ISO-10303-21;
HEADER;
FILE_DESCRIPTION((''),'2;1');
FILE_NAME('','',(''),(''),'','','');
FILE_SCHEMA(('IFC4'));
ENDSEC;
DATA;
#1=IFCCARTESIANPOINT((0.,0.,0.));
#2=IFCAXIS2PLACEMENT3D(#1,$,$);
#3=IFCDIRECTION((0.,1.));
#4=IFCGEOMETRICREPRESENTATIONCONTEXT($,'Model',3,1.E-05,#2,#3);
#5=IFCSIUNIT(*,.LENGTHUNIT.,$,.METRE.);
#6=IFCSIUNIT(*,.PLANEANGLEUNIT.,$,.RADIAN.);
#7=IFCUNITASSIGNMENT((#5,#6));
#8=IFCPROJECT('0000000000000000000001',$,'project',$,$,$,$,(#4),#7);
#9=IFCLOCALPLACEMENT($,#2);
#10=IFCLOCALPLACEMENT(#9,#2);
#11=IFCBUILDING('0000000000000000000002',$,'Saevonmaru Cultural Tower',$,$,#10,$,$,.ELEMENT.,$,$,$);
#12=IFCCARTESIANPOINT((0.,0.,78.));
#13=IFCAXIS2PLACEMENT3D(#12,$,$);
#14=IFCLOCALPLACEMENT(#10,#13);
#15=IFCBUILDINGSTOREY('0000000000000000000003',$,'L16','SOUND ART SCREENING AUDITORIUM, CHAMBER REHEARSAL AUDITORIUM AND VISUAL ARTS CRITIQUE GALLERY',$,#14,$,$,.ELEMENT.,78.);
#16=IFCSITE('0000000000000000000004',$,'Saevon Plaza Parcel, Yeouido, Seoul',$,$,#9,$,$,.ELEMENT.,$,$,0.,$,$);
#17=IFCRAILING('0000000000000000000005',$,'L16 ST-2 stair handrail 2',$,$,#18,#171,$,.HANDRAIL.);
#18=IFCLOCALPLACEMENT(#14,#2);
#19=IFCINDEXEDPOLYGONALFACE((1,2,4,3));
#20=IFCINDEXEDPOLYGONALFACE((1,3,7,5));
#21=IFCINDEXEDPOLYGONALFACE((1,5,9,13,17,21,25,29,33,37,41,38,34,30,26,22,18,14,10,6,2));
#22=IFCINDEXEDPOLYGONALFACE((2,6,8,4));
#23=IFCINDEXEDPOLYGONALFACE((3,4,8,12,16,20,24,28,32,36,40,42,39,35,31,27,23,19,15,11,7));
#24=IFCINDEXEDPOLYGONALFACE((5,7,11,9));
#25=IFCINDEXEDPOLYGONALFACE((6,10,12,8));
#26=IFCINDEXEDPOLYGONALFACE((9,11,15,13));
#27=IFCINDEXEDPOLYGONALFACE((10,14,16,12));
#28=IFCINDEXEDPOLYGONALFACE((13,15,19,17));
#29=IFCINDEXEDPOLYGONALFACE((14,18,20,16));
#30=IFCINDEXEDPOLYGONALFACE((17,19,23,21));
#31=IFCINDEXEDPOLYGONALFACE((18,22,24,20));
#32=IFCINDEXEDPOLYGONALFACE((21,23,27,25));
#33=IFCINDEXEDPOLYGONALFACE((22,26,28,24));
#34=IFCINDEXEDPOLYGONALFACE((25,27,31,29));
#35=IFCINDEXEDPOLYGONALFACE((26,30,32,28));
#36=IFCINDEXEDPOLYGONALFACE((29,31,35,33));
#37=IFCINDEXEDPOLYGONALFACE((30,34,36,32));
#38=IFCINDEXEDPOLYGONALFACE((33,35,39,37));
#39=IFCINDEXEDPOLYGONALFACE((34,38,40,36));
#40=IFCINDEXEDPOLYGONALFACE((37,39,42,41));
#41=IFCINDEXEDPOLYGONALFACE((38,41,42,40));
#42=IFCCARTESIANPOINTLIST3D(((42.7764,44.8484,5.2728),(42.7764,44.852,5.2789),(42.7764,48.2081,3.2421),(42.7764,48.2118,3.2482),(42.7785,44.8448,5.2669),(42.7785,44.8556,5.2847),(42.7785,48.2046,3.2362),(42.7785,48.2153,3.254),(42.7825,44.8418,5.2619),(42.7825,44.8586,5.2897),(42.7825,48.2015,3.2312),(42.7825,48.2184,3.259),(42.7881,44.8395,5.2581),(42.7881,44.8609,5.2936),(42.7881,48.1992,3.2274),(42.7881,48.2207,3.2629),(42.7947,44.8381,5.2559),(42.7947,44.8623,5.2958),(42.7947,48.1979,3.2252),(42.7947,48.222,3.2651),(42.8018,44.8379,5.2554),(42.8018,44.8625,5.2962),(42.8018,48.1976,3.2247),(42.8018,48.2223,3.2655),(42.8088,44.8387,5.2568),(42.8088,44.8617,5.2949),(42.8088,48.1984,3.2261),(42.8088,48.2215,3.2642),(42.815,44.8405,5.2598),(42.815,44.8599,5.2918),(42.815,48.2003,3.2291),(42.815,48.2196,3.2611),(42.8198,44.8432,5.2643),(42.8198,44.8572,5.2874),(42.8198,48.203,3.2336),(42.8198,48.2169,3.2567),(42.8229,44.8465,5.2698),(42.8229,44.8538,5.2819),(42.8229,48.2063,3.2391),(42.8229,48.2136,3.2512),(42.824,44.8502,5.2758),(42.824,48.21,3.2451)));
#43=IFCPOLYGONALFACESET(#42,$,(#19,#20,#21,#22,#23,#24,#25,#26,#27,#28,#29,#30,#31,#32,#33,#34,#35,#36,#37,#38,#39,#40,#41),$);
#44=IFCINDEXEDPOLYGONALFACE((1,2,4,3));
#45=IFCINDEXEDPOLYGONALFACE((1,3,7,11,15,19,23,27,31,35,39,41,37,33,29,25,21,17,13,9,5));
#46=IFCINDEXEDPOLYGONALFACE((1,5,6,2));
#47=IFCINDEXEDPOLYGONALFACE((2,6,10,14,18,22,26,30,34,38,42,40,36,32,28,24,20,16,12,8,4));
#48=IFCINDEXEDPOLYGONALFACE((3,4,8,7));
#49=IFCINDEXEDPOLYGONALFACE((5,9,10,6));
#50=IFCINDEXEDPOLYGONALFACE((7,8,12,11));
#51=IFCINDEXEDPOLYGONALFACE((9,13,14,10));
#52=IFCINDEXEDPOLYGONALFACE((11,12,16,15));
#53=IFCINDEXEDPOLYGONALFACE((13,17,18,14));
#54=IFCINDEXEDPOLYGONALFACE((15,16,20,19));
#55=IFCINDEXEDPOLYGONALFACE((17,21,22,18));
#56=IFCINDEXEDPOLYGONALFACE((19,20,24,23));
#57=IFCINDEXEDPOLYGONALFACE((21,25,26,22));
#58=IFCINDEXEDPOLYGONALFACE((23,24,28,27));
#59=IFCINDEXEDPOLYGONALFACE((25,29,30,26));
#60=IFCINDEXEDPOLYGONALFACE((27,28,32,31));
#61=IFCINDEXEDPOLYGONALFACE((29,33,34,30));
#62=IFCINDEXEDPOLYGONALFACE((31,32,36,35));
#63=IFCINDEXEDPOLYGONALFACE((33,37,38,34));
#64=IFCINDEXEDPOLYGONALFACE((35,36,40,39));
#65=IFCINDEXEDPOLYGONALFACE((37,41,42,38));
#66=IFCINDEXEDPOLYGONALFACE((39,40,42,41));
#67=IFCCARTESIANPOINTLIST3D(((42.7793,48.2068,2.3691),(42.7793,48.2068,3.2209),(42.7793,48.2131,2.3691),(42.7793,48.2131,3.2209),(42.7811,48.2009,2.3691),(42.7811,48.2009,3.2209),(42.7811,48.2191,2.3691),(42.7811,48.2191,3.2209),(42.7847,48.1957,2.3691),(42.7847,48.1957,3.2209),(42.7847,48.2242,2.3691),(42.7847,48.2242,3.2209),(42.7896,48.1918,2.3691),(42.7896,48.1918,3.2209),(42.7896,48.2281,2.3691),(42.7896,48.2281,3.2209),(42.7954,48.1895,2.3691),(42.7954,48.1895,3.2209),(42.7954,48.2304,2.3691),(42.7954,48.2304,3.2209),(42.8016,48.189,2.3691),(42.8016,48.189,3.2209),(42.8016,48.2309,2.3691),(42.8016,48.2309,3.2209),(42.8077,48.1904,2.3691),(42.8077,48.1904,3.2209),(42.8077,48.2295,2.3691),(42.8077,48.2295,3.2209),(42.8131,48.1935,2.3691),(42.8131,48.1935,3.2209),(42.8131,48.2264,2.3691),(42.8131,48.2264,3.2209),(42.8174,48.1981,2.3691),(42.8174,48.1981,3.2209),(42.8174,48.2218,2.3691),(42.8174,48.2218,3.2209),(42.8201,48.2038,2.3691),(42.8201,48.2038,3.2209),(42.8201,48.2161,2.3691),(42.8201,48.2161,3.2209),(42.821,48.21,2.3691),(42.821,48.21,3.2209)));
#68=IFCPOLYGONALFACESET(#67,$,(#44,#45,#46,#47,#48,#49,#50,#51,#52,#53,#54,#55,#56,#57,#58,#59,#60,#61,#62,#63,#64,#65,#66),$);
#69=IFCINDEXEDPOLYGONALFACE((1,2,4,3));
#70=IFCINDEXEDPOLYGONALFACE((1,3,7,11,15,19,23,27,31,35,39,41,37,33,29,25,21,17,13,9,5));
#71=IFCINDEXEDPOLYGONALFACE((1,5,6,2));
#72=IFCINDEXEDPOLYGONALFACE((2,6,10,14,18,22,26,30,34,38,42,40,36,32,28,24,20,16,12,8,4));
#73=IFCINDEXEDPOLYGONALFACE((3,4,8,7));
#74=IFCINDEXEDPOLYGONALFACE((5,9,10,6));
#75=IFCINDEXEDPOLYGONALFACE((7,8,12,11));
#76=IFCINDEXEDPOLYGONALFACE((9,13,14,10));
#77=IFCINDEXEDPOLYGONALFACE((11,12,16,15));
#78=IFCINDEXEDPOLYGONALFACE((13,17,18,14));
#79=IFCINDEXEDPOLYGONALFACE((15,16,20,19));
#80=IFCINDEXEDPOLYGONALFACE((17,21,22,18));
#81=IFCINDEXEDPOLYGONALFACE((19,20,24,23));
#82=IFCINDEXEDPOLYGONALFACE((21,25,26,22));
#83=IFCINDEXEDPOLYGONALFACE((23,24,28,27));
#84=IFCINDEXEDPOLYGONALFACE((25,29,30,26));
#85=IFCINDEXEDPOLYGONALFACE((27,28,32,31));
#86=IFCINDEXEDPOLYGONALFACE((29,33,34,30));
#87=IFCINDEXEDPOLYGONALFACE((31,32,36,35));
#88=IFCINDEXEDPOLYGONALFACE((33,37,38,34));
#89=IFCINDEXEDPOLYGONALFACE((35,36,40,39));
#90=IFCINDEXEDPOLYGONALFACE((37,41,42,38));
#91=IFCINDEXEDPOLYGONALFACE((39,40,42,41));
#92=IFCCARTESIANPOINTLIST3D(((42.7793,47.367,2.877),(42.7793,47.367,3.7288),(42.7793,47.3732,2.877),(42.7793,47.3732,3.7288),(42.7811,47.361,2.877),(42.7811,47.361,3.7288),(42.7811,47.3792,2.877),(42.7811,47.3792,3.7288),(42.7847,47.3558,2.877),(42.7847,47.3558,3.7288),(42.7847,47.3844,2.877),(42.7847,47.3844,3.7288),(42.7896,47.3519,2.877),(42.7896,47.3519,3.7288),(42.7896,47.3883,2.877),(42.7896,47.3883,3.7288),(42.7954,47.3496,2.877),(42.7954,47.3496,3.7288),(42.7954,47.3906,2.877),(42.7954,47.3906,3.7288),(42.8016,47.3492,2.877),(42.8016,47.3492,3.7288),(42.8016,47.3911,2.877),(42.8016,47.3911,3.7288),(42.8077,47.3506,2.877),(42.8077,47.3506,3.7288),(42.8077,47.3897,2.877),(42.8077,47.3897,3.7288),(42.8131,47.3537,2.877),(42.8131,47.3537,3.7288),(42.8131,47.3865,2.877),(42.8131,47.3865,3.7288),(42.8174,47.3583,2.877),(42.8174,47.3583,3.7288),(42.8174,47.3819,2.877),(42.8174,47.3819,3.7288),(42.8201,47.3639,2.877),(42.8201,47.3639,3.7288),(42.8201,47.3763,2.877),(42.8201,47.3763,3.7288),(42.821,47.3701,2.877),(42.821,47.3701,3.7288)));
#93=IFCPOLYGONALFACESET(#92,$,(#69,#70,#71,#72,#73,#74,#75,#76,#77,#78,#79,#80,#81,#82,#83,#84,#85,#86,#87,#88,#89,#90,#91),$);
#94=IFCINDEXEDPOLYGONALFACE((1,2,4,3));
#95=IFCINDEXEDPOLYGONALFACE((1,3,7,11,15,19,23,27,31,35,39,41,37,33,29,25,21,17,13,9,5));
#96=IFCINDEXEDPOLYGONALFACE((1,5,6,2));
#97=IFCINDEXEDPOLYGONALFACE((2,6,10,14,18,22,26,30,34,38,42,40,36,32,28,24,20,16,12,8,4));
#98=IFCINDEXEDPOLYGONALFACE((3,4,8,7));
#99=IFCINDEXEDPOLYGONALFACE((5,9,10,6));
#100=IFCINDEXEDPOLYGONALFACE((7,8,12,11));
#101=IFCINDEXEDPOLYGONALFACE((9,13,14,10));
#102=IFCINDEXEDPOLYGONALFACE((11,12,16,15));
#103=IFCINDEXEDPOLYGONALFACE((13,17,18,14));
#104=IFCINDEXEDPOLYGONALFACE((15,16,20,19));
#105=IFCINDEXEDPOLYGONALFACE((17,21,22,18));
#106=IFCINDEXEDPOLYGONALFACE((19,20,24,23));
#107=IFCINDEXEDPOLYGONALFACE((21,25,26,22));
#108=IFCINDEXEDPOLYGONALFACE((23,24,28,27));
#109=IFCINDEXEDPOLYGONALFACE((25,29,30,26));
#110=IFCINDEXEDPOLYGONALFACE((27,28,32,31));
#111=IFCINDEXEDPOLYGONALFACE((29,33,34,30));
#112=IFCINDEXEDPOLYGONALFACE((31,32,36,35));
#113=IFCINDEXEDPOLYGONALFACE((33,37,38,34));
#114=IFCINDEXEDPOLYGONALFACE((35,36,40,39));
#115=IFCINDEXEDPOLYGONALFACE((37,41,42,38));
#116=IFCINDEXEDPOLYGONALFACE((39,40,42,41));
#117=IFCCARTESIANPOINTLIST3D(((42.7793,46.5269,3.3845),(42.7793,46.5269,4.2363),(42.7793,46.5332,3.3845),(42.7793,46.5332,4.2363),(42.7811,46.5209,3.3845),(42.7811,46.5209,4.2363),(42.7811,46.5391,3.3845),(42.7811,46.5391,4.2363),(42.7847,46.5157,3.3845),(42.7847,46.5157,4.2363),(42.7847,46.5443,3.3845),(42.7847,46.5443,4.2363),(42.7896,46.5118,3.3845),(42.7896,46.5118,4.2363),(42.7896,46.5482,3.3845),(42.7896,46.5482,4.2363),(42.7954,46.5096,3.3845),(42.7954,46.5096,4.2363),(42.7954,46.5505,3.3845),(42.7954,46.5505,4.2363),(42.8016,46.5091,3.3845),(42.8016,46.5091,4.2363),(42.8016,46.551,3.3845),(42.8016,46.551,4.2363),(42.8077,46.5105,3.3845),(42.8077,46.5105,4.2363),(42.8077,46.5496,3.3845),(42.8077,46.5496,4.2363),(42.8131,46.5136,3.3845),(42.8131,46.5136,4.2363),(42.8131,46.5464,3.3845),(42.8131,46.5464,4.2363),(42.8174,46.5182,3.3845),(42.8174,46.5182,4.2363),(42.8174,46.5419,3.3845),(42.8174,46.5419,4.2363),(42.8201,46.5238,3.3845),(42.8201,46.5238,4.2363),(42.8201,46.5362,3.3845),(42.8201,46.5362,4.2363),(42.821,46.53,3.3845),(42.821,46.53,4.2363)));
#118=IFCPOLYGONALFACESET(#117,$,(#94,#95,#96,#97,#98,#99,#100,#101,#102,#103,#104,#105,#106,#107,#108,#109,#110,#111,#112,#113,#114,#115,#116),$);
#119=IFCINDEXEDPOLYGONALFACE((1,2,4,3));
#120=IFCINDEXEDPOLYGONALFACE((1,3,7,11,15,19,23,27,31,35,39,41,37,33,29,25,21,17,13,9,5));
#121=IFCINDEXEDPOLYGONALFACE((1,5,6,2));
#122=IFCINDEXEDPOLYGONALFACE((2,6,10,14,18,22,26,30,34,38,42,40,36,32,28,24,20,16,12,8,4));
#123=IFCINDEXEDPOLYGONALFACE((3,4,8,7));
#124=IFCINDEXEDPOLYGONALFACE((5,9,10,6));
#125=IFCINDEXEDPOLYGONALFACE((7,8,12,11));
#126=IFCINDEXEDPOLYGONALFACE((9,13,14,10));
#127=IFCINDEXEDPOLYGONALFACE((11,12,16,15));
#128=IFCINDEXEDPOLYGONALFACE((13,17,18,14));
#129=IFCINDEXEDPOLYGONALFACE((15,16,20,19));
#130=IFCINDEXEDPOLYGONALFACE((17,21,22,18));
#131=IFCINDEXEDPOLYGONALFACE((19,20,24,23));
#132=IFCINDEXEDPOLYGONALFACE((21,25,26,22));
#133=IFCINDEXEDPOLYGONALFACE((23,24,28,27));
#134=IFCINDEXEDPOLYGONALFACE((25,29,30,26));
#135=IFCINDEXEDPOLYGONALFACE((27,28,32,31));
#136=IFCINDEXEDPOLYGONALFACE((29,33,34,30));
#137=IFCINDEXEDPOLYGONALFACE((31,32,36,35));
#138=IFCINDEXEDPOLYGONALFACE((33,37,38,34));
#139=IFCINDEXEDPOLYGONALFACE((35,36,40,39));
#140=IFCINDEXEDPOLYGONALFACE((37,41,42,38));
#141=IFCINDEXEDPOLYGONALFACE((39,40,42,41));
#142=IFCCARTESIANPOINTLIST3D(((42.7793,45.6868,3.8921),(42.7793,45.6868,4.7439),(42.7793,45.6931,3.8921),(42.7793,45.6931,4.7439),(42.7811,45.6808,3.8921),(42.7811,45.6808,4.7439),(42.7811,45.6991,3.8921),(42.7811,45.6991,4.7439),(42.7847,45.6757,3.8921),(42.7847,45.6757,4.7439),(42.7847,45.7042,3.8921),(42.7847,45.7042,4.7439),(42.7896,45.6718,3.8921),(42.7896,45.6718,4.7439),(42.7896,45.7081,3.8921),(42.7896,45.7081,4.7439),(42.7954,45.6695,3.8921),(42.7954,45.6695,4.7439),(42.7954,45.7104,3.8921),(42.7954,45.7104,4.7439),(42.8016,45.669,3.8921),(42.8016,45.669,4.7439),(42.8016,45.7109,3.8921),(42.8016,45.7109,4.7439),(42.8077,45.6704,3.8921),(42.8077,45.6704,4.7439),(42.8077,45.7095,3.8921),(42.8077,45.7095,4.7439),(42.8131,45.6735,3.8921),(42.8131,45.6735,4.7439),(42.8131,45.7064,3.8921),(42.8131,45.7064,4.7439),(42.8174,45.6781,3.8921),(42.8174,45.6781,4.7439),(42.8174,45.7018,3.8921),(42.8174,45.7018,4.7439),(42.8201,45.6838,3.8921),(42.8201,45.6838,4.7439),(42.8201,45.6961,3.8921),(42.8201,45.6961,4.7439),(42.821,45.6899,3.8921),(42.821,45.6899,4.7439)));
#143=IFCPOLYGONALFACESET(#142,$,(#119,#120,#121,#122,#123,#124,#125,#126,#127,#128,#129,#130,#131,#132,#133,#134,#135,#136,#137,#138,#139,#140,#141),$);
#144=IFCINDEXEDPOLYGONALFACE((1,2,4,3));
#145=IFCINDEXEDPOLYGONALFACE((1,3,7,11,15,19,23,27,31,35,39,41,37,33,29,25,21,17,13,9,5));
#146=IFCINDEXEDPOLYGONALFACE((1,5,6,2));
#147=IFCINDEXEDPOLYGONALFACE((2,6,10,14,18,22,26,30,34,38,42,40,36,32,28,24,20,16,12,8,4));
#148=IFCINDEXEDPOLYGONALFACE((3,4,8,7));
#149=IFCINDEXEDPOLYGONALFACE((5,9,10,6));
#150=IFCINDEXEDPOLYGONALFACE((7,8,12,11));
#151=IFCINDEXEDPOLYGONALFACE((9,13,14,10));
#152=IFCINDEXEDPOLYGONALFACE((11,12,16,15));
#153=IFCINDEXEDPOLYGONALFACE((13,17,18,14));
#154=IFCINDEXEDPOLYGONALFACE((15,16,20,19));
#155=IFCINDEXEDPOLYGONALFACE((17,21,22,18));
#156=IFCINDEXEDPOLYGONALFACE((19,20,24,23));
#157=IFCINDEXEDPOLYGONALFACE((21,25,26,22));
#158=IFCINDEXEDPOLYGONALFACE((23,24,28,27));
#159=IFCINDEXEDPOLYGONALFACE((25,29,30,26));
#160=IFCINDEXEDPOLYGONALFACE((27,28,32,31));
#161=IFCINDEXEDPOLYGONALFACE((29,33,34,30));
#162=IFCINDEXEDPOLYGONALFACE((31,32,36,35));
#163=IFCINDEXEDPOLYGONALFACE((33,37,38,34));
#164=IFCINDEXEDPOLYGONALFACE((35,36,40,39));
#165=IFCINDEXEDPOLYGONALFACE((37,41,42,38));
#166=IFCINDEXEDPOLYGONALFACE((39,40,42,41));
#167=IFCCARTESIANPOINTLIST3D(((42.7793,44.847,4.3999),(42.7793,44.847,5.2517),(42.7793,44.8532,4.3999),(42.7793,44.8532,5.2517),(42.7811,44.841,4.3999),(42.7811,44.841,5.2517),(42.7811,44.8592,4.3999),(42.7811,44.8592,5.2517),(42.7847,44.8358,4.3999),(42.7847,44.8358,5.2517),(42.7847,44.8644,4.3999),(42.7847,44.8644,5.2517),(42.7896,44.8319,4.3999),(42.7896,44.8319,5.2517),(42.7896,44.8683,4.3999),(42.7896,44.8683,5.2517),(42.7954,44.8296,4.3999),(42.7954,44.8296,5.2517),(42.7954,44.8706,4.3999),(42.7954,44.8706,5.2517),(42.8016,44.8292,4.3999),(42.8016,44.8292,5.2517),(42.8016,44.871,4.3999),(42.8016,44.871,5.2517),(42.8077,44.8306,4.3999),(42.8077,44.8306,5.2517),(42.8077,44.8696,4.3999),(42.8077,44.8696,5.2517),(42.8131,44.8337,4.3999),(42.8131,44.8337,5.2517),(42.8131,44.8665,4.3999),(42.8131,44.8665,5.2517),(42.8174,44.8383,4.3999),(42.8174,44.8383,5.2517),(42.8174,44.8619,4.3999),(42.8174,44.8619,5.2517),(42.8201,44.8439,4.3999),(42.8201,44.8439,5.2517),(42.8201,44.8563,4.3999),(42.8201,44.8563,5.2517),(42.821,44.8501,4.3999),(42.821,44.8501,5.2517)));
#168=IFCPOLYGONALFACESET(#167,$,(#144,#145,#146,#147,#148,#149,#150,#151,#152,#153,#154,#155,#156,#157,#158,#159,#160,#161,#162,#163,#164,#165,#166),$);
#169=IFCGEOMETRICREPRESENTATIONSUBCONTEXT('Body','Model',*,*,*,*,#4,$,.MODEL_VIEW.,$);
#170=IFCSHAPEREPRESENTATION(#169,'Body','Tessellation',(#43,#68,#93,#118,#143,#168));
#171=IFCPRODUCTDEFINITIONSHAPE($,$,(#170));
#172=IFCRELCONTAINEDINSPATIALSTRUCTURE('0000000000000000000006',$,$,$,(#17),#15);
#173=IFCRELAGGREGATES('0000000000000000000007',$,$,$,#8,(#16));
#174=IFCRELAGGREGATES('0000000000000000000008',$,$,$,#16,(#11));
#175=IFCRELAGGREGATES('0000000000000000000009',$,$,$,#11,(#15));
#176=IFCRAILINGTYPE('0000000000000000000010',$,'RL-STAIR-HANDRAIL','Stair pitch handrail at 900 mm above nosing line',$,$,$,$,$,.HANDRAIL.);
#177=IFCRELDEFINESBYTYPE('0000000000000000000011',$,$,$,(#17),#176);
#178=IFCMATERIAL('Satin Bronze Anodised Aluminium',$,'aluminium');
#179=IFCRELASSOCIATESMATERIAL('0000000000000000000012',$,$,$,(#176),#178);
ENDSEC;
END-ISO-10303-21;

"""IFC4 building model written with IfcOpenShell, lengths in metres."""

from ifc_helpers import new_model, si_unit, direction, frame, origin, origin_2d, place, context, subcontext, project, spatial, circle, extrude, material, type_object, element, save


model = new_model("IFC4")

# Units and contexts
model_context = context("Model", 3, precision=1e-05, world=origin(), true_north=direction((0.0, 1.0)))
body_context = subcontext(model_context, "Body", "Model", "MODEL_VIEW")
ifc_project = project(units=[si_unit("LENGTHUNIT", "METRE"), si_unit("PLANEANGLEUNIT", "RADIAN")], contexts=[model_context])

# Site, building, storey
site_placement = place(None, origin())
site = spatial("IfcSite", under=ifc_project, at=site_placement, Name="Saevon Plaza Parcel, Yeouido, Seoul", CompositionType="ELEMENT", RefElevation=0.0)
building_placement = place(site_placement, origin())
building = spatial("IfcBuilding", under=site, at=building_placement, Name="Saevonmaru Cultural Tower", CompositionType="ELEMENT")
storey_placement = place(building_placement, frame((0.0, 0.0, 78.0)))
storey = spatial("IfcBuildingStorey", under=building, at=storey_placement, Name="L16", Description="SOUND ART SCREENING AUDITORIUM, CHAMBER REHEARSAL AUDITORIUM AND VISUAL ARTS CRITIQUE GALLERY", CompositionType="ELEMENT", Elevation=78.0)

# Shared definitions
ifc_material_1 = material(Name="Satin Bronze Anodised Aluminium", Category="aluminium")

# Railing
railing_type_1 = type_object("IfcRailingType", Name="RL-STAIR-HANDRAIL", Description="Stair pitch handrail at 900 mm above nosing line", PredefinedType="HANDRAIL", material=ifc_material_1)
railing_1_placement = place(storey_placement, frame((42.8, 48.21, 2.3691)))
element("IfcRailing", 1, at=railing_1_placement, inside=storey, type_object=railing_type_1, Name="L16 ST-2 stair handrail 2", PredefinedType="HANDRAIL", context=body_context, shape_type="SweptSolid", body=[
    extrude(circle(Radius=0.0239, at=origin_2d()), frame((0.0, 0.0, 0.876), z_axis=(0.0, -0.85582, 0.517273), x_axis=(1.0, 0.0, 0.0)), (0.0, 0.0, 1.0), 3.9258),
    extrude(circle(Radius=0.021, at=origin_2d()), origin(), (0.0, 0.0, 1.0), 0.8518),
    extrude(circle(Radius=0.021, at=origin_2d()), frame((0.0, -0.8398, 0.5078)), (0.0, 0.0, 1.0), 0.8518),
    extrude(circle(Radius=0.021, at=origin_2d()), frame((0.0, -1.6799, 1.0154)), (0.0, 0.0, 1.0), 0.8518),
    extrude(circle(Radius=0.021, at=origin_2d()), frame((0.0, -2.52, 1.5229)), (0.0, 0.0, 1.0), 0.8518),
    extrude(circle(Radius=0.021, at=origin_2d()), frame((0.0, -3.3599, 2.0308)), (0.0, 0.0, 1.0), 0.8518),
])

save(model, "model.ifc")
